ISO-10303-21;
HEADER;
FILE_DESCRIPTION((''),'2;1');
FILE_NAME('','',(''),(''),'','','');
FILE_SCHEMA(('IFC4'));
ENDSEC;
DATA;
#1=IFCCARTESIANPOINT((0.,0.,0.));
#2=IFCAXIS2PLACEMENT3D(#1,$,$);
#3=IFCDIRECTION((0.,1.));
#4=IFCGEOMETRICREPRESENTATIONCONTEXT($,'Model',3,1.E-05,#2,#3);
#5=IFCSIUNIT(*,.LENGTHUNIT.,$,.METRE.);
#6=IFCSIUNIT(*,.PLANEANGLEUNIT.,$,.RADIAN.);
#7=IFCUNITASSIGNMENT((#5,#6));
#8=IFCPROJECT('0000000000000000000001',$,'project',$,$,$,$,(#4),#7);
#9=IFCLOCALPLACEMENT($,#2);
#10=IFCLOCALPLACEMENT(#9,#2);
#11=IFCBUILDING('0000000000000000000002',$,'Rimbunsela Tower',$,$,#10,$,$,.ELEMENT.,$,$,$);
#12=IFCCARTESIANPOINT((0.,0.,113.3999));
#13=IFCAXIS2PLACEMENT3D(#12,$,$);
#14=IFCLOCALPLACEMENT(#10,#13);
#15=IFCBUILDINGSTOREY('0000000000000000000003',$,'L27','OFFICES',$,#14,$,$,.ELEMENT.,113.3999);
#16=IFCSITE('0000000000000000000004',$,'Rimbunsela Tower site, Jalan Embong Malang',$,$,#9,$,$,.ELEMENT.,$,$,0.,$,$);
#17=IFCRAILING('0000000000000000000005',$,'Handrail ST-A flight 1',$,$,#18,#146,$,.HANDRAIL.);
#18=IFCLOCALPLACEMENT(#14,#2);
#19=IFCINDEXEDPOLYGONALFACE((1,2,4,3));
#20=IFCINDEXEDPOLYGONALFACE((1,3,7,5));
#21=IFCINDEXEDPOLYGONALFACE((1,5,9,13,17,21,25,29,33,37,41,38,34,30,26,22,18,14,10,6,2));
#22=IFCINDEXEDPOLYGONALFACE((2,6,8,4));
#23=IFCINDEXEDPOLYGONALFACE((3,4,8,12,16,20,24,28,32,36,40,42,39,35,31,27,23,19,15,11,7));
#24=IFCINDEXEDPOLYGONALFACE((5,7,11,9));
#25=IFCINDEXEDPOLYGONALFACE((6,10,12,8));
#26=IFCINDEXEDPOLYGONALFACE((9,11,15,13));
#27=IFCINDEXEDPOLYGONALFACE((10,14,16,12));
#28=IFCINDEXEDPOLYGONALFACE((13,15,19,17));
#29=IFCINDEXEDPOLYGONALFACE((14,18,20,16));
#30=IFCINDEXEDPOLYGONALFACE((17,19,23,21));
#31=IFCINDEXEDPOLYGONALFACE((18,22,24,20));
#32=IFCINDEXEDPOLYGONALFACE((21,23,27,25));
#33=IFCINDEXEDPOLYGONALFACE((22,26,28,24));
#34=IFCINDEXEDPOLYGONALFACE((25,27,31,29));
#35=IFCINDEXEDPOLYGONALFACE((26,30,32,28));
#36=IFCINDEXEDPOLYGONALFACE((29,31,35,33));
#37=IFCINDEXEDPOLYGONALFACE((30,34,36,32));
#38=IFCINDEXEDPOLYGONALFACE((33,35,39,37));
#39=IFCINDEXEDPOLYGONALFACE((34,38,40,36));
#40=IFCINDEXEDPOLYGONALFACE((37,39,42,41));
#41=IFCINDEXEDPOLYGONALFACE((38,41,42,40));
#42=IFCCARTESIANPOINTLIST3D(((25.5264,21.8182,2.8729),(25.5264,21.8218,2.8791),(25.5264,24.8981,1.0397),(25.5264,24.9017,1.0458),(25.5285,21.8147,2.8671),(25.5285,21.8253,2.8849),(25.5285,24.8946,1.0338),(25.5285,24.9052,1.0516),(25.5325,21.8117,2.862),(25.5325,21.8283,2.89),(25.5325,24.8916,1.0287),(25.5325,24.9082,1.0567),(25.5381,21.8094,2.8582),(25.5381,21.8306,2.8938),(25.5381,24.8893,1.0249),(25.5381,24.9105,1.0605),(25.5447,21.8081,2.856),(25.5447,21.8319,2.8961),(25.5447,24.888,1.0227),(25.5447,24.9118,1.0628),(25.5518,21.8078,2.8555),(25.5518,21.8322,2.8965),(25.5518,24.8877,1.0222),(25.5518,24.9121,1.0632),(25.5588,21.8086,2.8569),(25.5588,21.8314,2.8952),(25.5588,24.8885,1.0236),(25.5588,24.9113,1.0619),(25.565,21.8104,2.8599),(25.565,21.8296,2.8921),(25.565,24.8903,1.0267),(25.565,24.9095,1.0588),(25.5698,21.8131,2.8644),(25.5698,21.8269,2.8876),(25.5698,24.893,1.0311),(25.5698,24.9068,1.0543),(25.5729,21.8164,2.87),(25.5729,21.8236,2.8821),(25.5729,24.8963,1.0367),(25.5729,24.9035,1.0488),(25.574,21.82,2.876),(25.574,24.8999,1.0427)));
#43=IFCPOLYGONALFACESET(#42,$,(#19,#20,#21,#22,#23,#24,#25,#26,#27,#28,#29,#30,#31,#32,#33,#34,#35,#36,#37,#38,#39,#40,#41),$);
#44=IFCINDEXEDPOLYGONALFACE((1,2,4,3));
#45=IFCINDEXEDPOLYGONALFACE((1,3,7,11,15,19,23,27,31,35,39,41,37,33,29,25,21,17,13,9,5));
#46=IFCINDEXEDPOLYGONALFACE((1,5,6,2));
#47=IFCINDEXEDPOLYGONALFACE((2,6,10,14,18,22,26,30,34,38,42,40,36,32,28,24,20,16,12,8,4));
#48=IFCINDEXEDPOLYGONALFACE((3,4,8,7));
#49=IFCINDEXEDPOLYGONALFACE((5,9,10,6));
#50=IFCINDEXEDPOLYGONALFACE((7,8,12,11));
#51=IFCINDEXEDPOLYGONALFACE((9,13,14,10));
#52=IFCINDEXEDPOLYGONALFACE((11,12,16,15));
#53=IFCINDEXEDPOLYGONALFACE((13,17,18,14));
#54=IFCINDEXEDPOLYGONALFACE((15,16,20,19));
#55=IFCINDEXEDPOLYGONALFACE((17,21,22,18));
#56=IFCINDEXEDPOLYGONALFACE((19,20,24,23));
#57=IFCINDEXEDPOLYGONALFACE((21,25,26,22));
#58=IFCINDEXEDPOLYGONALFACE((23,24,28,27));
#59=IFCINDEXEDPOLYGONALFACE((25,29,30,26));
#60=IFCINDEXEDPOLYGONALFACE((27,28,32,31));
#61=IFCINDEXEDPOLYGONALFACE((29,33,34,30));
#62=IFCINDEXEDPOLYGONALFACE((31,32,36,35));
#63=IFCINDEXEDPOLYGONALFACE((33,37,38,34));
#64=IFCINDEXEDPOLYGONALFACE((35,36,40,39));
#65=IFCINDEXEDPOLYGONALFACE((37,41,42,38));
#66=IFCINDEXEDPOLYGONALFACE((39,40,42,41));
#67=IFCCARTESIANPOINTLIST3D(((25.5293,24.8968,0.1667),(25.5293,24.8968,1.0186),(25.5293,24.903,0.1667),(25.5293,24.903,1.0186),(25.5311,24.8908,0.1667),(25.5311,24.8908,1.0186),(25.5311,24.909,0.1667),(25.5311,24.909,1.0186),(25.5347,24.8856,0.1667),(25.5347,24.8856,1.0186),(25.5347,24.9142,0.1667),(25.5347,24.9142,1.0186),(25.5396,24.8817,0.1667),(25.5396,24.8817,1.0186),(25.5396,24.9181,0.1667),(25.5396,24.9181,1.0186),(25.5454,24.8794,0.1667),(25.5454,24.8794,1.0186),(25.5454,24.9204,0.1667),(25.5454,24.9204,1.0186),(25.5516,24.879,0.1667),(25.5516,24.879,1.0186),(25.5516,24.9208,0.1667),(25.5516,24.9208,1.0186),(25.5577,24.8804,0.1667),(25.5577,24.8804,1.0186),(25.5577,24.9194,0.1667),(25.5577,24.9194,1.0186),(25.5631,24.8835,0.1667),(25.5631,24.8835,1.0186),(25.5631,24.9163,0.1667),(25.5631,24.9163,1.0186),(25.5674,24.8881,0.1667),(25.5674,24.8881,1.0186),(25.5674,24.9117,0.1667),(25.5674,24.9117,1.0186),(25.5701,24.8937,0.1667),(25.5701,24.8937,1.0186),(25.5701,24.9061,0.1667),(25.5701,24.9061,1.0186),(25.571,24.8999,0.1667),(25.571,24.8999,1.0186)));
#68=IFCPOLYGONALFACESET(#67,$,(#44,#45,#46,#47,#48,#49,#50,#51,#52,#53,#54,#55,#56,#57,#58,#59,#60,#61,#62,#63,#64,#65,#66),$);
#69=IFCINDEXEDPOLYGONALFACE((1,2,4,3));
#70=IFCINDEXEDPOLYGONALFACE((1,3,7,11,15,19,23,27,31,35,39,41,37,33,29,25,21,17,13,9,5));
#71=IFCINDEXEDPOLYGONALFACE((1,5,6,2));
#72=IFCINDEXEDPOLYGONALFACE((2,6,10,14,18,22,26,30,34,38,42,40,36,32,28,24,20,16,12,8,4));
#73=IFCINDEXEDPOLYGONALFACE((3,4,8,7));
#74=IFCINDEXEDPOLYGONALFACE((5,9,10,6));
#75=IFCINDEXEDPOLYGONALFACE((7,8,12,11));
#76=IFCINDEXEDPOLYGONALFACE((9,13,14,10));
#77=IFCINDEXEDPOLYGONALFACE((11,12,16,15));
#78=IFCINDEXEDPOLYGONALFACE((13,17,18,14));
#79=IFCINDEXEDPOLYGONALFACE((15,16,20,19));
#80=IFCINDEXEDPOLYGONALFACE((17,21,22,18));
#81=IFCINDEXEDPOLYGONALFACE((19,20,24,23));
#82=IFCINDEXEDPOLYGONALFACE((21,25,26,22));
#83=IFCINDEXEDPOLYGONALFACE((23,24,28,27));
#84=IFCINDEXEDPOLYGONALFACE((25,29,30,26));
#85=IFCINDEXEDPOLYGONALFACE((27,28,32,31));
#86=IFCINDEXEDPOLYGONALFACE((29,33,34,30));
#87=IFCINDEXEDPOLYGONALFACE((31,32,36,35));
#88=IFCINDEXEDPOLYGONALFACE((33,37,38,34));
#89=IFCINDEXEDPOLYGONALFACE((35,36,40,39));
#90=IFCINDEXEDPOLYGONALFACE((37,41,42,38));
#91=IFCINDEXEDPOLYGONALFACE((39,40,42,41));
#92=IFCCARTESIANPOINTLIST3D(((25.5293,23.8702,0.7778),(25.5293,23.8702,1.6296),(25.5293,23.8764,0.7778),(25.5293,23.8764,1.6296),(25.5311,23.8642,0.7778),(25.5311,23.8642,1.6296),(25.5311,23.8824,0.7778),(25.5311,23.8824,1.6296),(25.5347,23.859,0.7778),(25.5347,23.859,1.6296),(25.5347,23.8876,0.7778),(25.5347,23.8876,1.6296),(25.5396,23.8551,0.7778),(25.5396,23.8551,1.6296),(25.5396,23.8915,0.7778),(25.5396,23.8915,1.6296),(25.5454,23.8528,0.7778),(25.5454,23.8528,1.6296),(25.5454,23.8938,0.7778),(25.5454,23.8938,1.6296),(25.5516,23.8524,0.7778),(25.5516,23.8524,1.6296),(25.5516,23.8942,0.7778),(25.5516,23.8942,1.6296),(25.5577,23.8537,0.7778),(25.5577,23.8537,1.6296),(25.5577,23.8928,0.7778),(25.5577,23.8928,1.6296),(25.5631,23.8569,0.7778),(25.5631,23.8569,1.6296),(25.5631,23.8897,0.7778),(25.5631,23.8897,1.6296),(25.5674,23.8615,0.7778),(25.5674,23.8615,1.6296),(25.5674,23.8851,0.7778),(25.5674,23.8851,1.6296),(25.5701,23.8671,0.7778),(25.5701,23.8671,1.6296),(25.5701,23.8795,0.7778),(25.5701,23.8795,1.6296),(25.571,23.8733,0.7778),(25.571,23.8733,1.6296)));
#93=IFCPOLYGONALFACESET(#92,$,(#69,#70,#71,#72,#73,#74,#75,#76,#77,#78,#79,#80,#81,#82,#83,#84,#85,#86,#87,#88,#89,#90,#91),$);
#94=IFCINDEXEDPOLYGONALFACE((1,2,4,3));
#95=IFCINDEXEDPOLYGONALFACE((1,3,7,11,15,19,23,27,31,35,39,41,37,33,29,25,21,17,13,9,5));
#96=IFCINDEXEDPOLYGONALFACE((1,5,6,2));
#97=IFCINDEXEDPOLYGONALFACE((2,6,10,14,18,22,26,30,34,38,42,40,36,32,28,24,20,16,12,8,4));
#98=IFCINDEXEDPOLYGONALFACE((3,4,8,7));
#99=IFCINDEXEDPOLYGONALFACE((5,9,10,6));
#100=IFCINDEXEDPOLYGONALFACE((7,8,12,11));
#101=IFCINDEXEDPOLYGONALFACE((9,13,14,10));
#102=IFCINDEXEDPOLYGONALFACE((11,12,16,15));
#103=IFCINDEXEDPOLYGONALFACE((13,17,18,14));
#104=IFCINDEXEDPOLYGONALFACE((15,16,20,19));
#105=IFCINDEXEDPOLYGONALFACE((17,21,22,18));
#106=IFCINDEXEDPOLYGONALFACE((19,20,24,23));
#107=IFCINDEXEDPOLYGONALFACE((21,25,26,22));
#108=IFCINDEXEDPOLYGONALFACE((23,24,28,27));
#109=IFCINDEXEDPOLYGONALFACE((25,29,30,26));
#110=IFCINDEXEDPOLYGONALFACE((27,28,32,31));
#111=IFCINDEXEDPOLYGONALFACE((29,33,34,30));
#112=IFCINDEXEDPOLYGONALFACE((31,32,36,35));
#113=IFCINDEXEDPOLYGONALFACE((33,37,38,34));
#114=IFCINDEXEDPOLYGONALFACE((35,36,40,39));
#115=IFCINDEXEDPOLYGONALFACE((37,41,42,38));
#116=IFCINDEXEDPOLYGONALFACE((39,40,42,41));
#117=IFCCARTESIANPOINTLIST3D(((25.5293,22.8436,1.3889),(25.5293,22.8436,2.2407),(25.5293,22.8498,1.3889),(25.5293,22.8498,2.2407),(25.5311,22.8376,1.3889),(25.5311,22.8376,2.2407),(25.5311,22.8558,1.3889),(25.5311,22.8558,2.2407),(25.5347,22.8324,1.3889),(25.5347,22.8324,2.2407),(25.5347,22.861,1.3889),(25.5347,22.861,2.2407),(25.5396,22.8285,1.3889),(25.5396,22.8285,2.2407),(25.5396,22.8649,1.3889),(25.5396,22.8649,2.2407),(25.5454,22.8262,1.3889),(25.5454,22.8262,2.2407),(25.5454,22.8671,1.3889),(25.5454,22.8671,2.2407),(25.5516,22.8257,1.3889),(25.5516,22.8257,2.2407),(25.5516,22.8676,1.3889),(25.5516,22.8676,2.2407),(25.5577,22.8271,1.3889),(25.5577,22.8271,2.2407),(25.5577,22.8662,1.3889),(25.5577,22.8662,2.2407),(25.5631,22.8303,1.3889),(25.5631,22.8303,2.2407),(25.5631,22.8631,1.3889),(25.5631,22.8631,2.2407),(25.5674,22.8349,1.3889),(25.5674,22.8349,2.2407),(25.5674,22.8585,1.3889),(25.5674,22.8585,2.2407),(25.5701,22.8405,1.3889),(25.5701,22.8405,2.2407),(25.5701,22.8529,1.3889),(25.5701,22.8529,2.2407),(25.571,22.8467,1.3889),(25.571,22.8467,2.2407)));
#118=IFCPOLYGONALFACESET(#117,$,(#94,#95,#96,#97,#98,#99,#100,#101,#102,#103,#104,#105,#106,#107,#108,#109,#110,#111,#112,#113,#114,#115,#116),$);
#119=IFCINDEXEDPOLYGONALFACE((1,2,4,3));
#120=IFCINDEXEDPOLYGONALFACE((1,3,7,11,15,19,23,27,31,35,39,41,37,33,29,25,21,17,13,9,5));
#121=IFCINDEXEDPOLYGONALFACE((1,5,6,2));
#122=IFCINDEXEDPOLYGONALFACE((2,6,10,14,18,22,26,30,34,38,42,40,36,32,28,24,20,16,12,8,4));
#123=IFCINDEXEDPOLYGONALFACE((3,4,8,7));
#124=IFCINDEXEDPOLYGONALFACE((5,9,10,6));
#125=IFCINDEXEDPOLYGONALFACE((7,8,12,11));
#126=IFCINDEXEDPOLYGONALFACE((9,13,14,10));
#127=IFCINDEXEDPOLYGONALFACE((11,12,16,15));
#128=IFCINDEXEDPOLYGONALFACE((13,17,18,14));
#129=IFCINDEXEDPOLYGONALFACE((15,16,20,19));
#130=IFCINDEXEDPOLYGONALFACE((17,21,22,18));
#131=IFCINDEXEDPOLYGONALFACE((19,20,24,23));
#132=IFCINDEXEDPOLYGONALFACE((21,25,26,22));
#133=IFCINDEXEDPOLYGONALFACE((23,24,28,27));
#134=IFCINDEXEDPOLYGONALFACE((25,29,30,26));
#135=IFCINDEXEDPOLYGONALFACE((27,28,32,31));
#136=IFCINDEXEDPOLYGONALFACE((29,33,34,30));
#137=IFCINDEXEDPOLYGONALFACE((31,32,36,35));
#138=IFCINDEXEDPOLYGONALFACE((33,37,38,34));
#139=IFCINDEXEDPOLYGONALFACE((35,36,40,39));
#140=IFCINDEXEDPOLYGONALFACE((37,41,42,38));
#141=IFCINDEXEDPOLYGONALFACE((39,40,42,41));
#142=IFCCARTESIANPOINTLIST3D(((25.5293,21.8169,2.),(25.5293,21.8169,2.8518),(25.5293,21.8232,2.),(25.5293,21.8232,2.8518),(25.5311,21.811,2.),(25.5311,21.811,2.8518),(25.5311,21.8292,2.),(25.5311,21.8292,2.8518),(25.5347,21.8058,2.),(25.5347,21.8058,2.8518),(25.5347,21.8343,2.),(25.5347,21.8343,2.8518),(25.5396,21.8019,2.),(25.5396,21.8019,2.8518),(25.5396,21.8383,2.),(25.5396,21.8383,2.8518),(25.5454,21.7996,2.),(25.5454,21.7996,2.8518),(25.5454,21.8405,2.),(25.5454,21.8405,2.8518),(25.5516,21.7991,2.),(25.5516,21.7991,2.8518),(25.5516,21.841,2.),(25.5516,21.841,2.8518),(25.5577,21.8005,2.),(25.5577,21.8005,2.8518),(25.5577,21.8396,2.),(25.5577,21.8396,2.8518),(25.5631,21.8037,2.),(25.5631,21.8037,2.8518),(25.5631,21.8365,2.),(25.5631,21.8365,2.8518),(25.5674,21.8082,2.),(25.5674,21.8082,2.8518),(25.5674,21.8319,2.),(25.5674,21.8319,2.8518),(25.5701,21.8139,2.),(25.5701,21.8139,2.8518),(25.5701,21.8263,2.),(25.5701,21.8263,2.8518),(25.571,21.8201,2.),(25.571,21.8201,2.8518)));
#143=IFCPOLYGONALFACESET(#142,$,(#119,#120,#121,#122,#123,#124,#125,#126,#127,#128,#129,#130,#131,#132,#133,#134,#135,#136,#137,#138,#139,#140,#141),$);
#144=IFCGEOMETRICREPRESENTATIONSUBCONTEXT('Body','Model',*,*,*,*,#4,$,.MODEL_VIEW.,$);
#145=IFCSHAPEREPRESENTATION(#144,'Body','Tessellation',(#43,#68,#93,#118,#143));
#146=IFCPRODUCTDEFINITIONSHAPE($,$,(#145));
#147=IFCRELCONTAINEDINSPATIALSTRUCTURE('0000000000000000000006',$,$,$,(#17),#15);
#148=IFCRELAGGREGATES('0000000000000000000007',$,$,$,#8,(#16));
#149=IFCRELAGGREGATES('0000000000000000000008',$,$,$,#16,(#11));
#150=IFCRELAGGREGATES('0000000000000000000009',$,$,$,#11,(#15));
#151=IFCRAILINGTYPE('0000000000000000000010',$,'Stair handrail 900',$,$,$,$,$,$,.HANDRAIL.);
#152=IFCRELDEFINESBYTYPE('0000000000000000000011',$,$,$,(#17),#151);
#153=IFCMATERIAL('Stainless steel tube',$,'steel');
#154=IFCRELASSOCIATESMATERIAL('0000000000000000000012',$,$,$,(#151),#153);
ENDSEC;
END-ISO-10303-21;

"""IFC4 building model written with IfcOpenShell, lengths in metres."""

from ifc_helpers import new_model, si_unit, direction, frame, origin, origin_2d, place, context, subcontext, project, spatial, circle, extrude, material, type_object, element, save


model = new_model("IFC4")

# Units and contexts
model_context = context("Model", 3, precision=1e-05, world=origin(), true_north=direction((0.0, 1.0)))
body_context = subcontext(model_context, "Body", "Model", "MODEL_VIEW")
ifc_project = project(units=[si_unit("LENGTHUNIT", "METRE"), si_unit("PLANEANGLEUNIT", "RADIAN")], contexts=[model_context])

# Site, building, storey
site_placement = place(None, origin())
site = spatial("IfcSite", under=ifc_project, at=site_placement, Name="Rimbunsela Tower site, Jalan Embong Malang", CompositionType="ELEMENT", RefElevation=0.0)
building_placement = place(site_placement, origin())
building = spatial("IfcBuilding", under=site, at=building_placement, Name="Rimbunsela Tower", CompositionType="ELEMENT")
storey_placement = place(building_placement, frame((0.0, 0.0, 113.3999)))
storey = spatial("IfcBuildingStorey", under=building, at=storey_placement, Name="L27", Description="OFFICES", CompositionType="ELEMENT", Elevation=113.3999)

# Railing
ifc_material_1 = material(Name="Stainless steel tube", Category="steel")
railing_type = type_object("IfcRailingType", Name="Stair handrail 900", PredefinedType="HANDRAIL", material=ifc_material_1)
railing_1_placement = place(storey_placement, frame((25.55, 24.8999, 0.1667)))
element("IfcRailing", 1, at=railing_1_placement, inside=storey, type_object=railing_type, Name="Handrail ST-A flight 1", PredefinedType="HANDRAIL", context=body_context, shape_type="SweptSolid", body=[
    extrude(circle(Radius=0.0239, at=origin_2d()), frame((0.0, 0.0, 0.876), z_axis=(0.0, -0.859291, 0.511487), x_axis=(1.0, 0.0, 0.0)), (0.0, 0.0, 1.0), 3.5842),
    extrude(circle(Radius=0.021, at=origin_2d()), origin(), (0.0, 0.0, 1.0), 0.8518),
    extrude(circle(Radius=0.021, at=origin_2d()), frame((0.0, -1.0266, 0.6111)), (0.0, 0.0, 1.0), 0.8518),
    extrude(circle(Radius=0.021, at=origin_2d()), frame((0.0, -2.0532, 1.2222)), (0.0, 0.0, 1.0), 0.8518),
    extrude(circle(Radius=0.021, at=origin_2d()), frame((0.0, -3.0798, 1.8333)), (0.0, 0.0, 1.0), 0.8518),
])

save(model, "model.ifc")
